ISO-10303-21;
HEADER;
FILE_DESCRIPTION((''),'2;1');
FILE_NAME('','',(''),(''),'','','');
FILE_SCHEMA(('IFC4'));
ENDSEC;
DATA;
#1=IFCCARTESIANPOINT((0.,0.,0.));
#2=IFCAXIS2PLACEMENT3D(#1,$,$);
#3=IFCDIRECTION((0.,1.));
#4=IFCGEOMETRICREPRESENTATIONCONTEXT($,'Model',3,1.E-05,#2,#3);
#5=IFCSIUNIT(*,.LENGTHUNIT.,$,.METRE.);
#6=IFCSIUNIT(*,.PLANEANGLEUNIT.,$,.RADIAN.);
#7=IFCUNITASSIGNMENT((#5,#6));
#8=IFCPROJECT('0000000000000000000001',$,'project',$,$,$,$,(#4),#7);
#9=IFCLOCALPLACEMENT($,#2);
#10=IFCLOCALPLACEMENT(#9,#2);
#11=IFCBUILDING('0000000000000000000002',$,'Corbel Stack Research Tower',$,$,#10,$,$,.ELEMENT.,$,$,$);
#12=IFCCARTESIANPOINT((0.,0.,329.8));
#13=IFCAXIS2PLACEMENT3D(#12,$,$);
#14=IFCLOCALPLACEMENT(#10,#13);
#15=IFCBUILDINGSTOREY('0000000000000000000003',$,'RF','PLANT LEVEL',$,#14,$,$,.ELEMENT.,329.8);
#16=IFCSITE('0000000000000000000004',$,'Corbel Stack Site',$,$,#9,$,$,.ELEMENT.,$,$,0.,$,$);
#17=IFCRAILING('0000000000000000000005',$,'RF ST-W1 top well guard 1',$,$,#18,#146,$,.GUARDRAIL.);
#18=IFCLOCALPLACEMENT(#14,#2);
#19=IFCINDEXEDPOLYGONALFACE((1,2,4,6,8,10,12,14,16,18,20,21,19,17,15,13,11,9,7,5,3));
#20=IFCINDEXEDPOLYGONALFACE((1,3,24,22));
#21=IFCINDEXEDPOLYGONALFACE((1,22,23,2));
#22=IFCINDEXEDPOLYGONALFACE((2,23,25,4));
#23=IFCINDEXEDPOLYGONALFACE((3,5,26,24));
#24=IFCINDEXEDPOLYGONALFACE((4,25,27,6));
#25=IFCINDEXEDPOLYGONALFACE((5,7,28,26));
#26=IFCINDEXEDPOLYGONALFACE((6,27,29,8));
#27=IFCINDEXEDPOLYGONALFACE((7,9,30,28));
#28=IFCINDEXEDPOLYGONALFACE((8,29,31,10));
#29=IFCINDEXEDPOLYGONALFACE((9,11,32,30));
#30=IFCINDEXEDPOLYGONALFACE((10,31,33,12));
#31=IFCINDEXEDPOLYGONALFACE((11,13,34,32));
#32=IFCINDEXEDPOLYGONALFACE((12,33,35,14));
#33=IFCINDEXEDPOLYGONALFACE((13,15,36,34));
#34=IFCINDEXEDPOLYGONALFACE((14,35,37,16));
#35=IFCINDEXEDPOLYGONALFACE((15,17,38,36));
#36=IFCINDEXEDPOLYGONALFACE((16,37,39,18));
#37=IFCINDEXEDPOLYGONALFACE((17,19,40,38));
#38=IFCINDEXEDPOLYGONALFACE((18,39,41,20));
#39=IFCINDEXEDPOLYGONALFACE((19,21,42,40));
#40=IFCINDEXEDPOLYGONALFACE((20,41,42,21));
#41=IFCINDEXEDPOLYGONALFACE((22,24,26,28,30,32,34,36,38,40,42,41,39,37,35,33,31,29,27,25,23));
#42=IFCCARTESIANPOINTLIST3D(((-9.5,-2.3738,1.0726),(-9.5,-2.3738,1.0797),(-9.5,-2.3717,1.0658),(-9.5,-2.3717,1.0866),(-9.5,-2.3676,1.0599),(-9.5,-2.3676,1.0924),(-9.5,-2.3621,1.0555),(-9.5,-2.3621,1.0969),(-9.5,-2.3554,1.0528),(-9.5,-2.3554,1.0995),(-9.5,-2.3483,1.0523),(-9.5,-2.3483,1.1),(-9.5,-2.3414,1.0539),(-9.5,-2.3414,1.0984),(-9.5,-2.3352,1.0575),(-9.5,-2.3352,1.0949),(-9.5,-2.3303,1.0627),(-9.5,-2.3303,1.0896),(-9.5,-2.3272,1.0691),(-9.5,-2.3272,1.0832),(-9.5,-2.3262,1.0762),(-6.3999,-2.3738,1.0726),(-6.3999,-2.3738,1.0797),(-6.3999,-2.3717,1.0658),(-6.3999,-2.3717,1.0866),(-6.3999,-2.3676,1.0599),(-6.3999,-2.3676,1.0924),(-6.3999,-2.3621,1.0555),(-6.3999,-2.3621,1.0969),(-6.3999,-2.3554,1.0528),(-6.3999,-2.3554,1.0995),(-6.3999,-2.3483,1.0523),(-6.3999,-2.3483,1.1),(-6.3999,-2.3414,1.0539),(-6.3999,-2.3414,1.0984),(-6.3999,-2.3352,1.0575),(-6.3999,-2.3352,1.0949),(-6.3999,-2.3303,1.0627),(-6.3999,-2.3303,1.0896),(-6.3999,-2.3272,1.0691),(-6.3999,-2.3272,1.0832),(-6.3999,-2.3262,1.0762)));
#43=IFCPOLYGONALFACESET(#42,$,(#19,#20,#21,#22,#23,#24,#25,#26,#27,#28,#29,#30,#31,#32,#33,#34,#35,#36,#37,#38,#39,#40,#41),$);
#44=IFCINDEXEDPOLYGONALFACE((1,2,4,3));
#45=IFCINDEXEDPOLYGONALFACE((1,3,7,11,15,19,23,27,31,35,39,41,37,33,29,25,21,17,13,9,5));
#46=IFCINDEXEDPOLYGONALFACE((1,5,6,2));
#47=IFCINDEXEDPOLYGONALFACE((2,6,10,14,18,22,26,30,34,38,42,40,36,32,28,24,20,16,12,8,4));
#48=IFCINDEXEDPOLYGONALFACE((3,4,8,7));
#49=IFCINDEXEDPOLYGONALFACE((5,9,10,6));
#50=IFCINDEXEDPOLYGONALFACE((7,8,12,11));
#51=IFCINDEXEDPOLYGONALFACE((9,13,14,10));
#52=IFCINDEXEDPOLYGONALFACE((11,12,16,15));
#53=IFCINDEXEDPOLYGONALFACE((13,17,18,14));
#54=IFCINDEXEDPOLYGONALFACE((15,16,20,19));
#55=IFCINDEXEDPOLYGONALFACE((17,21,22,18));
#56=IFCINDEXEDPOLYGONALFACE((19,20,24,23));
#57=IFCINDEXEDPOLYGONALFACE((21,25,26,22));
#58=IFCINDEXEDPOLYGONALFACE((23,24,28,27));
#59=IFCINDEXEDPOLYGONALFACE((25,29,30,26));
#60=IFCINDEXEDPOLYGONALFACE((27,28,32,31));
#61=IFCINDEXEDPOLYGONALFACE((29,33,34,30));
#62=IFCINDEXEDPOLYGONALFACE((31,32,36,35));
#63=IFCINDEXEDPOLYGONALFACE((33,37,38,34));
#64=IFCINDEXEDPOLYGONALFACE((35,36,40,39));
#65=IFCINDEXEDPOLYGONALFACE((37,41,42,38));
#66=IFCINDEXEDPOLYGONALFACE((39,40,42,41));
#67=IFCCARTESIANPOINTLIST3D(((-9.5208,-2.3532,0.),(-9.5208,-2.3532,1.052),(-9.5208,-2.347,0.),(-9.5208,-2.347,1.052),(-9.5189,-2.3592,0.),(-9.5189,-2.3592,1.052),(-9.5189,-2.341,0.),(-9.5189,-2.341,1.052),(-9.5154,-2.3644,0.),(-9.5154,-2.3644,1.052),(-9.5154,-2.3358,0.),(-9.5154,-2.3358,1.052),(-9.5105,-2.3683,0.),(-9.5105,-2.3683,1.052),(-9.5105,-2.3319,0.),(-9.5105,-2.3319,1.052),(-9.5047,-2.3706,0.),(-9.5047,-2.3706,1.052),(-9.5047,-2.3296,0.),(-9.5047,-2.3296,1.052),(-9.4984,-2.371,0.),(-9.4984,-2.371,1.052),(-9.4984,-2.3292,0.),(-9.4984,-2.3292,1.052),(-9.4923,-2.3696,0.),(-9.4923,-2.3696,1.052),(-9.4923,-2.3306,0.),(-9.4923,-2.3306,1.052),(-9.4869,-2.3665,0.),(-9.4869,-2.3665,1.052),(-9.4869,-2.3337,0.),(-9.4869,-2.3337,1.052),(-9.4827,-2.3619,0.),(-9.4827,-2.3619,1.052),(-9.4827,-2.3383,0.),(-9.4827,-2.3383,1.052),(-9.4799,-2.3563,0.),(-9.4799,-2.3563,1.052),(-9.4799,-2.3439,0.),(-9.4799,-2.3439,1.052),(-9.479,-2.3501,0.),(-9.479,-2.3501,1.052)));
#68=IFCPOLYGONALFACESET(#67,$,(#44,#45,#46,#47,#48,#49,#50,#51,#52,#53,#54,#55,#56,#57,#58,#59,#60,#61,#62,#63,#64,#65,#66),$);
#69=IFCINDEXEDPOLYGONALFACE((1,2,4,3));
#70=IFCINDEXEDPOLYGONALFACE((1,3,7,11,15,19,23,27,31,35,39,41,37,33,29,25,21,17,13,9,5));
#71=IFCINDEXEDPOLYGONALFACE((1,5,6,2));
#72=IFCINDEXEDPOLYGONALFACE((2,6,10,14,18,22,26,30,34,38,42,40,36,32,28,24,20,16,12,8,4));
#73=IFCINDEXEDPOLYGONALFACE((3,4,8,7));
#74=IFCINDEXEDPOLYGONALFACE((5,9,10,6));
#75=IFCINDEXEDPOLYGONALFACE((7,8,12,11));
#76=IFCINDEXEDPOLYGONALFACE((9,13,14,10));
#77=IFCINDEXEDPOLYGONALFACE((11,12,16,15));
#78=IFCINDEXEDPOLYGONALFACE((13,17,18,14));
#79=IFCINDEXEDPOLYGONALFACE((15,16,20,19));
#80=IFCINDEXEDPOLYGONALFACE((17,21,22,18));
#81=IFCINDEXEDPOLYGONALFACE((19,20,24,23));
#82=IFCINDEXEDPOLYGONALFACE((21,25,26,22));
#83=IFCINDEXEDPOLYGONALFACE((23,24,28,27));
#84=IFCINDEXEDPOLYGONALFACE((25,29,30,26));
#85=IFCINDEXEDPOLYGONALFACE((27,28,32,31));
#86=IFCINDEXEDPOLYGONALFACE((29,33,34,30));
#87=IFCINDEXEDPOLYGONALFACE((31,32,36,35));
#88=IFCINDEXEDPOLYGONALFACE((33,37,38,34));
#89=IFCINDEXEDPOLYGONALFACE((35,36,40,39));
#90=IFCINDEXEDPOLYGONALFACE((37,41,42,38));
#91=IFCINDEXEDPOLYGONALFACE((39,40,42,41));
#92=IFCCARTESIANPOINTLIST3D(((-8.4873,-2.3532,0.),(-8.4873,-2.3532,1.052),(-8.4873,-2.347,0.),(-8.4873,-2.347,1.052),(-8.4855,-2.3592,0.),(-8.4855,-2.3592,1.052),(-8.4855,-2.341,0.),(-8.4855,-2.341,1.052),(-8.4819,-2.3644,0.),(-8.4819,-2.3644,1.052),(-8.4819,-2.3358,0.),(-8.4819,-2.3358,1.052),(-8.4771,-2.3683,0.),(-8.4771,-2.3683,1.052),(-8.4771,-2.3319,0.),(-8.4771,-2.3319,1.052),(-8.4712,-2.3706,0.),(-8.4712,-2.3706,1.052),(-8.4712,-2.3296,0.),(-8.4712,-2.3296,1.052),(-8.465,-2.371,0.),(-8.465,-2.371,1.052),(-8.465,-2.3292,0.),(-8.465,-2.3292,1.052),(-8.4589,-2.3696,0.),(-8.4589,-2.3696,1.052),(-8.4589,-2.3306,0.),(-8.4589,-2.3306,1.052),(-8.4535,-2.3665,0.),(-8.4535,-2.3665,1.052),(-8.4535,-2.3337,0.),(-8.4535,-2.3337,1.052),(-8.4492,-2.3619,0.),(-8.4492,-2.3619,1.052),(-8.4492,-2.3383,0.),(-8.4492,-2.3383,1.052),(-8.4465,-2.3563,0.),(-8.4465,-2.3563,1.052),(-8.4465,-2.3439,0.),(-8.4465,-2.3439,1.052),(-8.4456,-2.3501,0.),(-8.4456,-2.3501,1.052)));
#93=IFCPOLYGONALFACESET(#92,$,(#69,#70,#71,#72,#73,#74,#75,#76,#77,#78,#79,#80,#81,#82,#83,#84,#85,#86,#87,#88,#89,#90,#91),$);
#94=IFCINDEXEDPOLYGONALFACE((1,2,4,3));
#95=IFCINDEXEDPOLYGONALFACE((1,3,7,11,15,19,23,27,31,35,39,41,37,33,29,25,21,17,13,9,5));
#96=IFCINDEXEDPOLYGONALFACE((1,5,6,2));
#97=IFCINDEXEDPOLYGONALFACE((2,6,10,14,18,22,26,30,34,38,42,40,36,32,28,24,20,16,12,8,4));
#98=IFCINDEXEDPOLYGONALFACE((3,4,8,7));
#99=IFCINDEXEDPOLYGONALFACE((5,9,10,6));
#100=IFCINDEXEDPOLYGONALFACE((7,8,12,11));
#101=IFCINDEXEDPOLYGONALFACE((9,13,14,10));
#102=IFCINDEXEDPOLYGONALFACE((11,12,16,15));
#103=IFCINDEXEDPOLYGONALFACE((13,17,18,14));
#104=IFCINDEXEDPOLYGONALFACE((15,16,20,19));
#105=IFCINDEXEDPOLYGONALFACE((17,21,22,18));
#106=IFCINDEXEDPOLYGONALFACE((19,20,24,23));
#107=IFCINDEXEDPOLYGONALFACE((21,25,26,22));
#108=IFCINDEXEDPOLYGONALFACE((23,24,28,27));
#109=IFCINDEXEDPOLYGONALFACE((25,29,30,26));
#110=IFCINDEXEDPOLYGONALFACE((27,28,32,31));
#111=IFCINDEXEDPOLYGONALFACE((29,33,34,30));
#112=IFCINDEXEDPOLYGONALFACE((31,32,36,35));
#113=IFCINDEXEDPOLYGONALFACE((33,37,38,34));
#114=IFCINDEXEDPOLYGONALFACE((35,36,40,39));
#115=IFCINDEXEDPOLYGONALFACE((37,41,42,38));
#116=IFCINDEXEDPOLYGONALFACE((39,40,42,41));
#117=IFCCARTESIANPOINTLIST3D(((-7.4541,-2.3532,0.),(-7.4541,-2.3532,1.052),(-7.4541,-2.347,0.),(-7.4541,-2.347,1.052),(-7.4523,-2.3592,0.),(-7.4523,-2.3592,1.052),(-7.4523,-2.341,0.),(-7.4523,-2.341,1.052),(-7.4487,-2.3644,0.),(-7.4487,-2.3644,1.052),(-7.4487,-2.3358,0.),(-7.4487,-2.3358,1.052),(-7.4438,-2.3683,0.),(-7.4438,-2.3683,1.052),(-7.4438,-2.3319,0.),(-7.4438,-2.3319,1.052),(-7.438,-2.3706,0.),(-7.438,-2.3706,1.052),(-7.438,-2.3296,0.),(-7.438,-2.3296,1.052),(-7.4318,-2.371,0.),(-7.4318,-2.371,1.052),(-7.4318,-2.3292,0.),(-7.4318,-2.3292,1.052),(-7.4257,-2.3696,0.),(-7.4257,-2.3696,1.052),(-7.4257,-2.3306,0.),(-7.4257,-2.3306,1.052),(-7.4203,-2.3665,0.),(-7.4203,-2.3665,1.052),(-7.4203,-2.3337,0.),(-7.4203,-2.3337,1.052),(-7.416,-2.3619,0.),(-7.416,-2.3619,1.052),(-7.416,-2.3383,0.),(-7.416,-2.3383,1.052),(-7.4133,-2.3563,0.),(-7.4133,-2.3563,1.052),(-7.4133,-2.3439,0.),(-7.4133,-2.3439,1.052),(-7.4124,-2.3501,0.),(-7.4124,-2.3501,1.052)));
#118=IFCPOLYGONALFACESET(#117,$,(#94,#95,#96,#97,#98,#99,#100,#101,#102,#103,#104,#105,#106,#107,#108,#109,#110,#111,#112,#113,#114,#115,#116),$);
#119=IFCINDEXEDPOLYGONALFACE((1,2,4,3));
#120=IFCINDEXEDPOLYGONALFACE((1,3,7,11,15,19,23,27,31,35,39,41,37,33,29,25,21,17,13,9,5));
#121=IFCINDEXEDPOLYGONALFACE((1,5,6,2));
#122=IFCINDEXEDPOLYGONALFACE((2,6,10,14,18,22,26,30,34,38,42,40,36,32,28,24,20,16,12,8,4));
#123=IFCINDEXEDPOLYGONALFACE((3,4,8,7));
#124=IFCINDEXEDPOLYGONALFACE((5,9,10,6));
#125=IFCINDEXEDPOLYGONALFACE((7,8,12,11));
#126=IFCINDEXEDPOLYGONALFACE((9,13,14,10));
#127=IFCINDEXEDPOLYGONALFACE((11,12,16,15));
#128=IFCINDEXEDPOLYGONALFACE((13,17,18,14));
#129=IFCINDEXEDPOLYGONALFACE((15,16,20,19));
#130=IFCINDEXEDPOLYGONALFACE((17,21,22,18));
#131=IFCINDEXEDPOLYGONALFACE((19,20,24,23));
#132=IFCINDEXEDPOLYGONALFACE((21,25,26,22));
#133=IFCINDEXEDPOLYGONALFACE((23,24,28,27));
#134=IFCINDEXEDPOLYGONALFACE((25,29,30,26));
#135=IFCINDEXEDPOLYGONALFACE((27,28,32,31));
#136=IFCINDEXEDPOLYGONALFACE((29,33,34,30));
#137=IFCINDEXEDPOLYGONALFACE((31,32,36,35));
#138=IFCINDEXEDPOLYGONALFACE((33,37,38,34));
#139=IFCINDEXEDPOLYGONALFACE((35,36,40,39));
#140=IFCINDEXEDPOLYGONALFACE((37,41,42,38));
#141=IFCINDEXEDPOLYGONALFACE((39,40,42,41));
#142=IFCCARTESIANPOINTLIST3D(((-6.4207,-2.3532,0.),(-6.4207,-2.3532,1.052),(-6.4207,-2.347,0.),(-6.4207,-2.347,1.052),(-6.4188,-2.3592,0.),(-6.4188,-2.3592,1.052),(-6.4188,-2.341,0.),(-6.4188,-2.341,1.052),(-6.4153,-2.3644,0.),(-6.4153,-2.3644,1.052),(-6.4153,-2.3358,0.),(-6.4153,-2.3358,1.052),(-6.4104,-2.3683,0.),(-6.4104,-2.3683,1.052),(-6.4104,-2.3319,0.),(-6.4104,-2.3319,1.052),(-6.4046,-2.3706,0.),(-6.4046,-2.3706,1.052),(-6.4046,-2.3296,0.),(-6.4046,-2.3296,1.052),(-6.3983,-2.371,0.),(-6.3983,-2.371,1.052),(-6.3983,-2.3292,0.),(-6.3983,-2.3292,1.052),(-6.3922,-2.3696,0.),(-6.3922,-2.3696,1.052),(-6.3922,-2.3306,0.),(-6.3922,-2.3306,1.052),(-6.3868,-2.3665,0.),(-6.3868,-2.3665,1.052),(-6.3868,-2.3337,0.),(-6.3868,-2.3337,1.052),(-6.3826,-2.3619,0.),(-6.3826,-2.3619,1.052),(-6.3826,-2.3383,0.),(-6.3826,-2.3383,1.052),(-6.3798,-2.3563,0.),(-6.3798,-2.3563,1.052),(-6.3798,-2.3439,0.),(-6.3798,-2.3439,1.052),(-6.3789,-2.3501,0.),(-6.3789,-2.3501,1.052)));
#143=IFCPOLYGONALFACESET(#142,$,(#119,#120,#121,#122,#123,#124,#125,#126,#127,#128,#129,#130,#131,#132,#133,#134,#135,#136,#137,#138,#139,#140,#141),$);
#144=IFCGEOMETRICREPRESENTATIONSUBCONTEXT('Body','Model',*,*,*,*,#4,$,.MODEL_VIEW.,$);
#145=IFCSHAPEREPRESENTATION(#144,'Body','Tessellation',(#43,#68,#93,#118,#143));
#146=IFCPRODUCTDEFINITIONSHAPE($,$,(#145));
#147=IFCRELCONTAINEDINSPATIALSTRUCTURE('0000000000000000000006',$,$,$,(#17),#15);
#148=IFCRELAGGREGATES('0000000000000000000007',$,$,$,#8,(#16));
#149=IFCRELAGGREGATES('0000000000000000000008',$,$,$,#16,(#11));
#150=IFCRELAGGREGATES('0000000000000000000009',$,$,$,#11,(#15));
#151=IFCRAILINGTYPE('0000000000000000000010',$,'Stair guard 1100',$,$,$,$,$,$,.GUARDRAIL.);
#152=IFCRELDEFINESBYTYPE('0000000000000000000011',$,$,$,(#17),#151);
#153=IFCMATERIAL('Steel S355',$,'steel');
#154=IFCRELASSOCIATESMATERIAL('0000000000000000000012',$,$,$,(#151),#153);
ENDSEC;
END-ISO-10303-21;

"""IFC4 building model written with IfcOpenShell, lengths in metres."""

from ifc_helpers import new_model, si_unit, direction, frame, origin, origin_2d, place, context, subcontext, project, spatial, circle, extrude, material, type_object, element, save


model = new_model("IFC4")

# Units and contexts
model_context = context("Model", 3, precision=1e-05, world=origin(), true_north=direction((0.0, 1.0)))
body_context = subcontext(model_context, "Body", "Model", "MODEL_VIEW")
ifc_project = project(units=[si_unit("LENGTHUNIT", "METRE"), si_unit("PLANEANGLEUNIT", "RADIAN")], contexts=[model_context])

# Site, building, storey
site_placement = place(None, origin())
site = spatial("IfcSite", under=ifc_project, at=site_placement, Name="Corbel Stack Site", CompositionType="ELEMENT", RefElevation=0.0)
building_placement = place(site_placement, origin())
building = spatial("IfcBuilding", under=site, at=building_placement, Name="Corbel Stack Research Tower", CompositionType="ELEMENT")
storey_placement = place(building_placement, frame((0.0, 0.0, 329.8)))
storey = spatial("IfcBuildingStorey", under=building, at=storey_placement, Name="RF", Description="PLANT LEVEL", CompositionType="ELEMENT", Elevation=329.8)

# Railing
ifc_material_1 = material(Name="Steel S355", Category="steel")
railing_type = type_object("IfcRailingType", Name="Stair guard 1100", PredefinedType="GUARDRAIL", material=ifc_material_1)
railing_placement = place(storey_placement, frame((-9.5, -2.3501, 0.0)))
element("IfcRailing", 1, at=railing_placement, inside=storey, type_object=railing_type, Name="RF ST-W1 top well guard 1", PredefinedType="GUARDRAIL", context=body_context, shape_type="SweptSolid", body=[
    extrude(circle(Radius=0.0239, at=origin_2d()), frame((0.0, 0.0, 1.0762), z_axis=(1.0, 0.0, 0.0), x_axis=(0.0, 1.0, 0.0)), (0.0, 0.0, 1.0), 3.1001),
    extrude(circle(Radius=0.021, at=origin_2d()), origin(), (0.0, 0.0, 1.0), 1.052),
    extrude(circle(Radius=0.021, at=origin_2d()), frame((1.0334, 0.0, 0.0)), (0.0, 0.0, 1.0), 1.052),
    extrude(circle(Radius=0.021, at=origin_2d()), frame((2.0667, 0.0, 0.0)), (0.0, 0.0, 1.0), 1.052),
    extrude(circle(Radius=0.021, at=origin_2d()), frame((3.1001, 0.0, 0.0)), (0.0, 0.0, 1.0), 1.052),
])

save(model, "model.ifc")
